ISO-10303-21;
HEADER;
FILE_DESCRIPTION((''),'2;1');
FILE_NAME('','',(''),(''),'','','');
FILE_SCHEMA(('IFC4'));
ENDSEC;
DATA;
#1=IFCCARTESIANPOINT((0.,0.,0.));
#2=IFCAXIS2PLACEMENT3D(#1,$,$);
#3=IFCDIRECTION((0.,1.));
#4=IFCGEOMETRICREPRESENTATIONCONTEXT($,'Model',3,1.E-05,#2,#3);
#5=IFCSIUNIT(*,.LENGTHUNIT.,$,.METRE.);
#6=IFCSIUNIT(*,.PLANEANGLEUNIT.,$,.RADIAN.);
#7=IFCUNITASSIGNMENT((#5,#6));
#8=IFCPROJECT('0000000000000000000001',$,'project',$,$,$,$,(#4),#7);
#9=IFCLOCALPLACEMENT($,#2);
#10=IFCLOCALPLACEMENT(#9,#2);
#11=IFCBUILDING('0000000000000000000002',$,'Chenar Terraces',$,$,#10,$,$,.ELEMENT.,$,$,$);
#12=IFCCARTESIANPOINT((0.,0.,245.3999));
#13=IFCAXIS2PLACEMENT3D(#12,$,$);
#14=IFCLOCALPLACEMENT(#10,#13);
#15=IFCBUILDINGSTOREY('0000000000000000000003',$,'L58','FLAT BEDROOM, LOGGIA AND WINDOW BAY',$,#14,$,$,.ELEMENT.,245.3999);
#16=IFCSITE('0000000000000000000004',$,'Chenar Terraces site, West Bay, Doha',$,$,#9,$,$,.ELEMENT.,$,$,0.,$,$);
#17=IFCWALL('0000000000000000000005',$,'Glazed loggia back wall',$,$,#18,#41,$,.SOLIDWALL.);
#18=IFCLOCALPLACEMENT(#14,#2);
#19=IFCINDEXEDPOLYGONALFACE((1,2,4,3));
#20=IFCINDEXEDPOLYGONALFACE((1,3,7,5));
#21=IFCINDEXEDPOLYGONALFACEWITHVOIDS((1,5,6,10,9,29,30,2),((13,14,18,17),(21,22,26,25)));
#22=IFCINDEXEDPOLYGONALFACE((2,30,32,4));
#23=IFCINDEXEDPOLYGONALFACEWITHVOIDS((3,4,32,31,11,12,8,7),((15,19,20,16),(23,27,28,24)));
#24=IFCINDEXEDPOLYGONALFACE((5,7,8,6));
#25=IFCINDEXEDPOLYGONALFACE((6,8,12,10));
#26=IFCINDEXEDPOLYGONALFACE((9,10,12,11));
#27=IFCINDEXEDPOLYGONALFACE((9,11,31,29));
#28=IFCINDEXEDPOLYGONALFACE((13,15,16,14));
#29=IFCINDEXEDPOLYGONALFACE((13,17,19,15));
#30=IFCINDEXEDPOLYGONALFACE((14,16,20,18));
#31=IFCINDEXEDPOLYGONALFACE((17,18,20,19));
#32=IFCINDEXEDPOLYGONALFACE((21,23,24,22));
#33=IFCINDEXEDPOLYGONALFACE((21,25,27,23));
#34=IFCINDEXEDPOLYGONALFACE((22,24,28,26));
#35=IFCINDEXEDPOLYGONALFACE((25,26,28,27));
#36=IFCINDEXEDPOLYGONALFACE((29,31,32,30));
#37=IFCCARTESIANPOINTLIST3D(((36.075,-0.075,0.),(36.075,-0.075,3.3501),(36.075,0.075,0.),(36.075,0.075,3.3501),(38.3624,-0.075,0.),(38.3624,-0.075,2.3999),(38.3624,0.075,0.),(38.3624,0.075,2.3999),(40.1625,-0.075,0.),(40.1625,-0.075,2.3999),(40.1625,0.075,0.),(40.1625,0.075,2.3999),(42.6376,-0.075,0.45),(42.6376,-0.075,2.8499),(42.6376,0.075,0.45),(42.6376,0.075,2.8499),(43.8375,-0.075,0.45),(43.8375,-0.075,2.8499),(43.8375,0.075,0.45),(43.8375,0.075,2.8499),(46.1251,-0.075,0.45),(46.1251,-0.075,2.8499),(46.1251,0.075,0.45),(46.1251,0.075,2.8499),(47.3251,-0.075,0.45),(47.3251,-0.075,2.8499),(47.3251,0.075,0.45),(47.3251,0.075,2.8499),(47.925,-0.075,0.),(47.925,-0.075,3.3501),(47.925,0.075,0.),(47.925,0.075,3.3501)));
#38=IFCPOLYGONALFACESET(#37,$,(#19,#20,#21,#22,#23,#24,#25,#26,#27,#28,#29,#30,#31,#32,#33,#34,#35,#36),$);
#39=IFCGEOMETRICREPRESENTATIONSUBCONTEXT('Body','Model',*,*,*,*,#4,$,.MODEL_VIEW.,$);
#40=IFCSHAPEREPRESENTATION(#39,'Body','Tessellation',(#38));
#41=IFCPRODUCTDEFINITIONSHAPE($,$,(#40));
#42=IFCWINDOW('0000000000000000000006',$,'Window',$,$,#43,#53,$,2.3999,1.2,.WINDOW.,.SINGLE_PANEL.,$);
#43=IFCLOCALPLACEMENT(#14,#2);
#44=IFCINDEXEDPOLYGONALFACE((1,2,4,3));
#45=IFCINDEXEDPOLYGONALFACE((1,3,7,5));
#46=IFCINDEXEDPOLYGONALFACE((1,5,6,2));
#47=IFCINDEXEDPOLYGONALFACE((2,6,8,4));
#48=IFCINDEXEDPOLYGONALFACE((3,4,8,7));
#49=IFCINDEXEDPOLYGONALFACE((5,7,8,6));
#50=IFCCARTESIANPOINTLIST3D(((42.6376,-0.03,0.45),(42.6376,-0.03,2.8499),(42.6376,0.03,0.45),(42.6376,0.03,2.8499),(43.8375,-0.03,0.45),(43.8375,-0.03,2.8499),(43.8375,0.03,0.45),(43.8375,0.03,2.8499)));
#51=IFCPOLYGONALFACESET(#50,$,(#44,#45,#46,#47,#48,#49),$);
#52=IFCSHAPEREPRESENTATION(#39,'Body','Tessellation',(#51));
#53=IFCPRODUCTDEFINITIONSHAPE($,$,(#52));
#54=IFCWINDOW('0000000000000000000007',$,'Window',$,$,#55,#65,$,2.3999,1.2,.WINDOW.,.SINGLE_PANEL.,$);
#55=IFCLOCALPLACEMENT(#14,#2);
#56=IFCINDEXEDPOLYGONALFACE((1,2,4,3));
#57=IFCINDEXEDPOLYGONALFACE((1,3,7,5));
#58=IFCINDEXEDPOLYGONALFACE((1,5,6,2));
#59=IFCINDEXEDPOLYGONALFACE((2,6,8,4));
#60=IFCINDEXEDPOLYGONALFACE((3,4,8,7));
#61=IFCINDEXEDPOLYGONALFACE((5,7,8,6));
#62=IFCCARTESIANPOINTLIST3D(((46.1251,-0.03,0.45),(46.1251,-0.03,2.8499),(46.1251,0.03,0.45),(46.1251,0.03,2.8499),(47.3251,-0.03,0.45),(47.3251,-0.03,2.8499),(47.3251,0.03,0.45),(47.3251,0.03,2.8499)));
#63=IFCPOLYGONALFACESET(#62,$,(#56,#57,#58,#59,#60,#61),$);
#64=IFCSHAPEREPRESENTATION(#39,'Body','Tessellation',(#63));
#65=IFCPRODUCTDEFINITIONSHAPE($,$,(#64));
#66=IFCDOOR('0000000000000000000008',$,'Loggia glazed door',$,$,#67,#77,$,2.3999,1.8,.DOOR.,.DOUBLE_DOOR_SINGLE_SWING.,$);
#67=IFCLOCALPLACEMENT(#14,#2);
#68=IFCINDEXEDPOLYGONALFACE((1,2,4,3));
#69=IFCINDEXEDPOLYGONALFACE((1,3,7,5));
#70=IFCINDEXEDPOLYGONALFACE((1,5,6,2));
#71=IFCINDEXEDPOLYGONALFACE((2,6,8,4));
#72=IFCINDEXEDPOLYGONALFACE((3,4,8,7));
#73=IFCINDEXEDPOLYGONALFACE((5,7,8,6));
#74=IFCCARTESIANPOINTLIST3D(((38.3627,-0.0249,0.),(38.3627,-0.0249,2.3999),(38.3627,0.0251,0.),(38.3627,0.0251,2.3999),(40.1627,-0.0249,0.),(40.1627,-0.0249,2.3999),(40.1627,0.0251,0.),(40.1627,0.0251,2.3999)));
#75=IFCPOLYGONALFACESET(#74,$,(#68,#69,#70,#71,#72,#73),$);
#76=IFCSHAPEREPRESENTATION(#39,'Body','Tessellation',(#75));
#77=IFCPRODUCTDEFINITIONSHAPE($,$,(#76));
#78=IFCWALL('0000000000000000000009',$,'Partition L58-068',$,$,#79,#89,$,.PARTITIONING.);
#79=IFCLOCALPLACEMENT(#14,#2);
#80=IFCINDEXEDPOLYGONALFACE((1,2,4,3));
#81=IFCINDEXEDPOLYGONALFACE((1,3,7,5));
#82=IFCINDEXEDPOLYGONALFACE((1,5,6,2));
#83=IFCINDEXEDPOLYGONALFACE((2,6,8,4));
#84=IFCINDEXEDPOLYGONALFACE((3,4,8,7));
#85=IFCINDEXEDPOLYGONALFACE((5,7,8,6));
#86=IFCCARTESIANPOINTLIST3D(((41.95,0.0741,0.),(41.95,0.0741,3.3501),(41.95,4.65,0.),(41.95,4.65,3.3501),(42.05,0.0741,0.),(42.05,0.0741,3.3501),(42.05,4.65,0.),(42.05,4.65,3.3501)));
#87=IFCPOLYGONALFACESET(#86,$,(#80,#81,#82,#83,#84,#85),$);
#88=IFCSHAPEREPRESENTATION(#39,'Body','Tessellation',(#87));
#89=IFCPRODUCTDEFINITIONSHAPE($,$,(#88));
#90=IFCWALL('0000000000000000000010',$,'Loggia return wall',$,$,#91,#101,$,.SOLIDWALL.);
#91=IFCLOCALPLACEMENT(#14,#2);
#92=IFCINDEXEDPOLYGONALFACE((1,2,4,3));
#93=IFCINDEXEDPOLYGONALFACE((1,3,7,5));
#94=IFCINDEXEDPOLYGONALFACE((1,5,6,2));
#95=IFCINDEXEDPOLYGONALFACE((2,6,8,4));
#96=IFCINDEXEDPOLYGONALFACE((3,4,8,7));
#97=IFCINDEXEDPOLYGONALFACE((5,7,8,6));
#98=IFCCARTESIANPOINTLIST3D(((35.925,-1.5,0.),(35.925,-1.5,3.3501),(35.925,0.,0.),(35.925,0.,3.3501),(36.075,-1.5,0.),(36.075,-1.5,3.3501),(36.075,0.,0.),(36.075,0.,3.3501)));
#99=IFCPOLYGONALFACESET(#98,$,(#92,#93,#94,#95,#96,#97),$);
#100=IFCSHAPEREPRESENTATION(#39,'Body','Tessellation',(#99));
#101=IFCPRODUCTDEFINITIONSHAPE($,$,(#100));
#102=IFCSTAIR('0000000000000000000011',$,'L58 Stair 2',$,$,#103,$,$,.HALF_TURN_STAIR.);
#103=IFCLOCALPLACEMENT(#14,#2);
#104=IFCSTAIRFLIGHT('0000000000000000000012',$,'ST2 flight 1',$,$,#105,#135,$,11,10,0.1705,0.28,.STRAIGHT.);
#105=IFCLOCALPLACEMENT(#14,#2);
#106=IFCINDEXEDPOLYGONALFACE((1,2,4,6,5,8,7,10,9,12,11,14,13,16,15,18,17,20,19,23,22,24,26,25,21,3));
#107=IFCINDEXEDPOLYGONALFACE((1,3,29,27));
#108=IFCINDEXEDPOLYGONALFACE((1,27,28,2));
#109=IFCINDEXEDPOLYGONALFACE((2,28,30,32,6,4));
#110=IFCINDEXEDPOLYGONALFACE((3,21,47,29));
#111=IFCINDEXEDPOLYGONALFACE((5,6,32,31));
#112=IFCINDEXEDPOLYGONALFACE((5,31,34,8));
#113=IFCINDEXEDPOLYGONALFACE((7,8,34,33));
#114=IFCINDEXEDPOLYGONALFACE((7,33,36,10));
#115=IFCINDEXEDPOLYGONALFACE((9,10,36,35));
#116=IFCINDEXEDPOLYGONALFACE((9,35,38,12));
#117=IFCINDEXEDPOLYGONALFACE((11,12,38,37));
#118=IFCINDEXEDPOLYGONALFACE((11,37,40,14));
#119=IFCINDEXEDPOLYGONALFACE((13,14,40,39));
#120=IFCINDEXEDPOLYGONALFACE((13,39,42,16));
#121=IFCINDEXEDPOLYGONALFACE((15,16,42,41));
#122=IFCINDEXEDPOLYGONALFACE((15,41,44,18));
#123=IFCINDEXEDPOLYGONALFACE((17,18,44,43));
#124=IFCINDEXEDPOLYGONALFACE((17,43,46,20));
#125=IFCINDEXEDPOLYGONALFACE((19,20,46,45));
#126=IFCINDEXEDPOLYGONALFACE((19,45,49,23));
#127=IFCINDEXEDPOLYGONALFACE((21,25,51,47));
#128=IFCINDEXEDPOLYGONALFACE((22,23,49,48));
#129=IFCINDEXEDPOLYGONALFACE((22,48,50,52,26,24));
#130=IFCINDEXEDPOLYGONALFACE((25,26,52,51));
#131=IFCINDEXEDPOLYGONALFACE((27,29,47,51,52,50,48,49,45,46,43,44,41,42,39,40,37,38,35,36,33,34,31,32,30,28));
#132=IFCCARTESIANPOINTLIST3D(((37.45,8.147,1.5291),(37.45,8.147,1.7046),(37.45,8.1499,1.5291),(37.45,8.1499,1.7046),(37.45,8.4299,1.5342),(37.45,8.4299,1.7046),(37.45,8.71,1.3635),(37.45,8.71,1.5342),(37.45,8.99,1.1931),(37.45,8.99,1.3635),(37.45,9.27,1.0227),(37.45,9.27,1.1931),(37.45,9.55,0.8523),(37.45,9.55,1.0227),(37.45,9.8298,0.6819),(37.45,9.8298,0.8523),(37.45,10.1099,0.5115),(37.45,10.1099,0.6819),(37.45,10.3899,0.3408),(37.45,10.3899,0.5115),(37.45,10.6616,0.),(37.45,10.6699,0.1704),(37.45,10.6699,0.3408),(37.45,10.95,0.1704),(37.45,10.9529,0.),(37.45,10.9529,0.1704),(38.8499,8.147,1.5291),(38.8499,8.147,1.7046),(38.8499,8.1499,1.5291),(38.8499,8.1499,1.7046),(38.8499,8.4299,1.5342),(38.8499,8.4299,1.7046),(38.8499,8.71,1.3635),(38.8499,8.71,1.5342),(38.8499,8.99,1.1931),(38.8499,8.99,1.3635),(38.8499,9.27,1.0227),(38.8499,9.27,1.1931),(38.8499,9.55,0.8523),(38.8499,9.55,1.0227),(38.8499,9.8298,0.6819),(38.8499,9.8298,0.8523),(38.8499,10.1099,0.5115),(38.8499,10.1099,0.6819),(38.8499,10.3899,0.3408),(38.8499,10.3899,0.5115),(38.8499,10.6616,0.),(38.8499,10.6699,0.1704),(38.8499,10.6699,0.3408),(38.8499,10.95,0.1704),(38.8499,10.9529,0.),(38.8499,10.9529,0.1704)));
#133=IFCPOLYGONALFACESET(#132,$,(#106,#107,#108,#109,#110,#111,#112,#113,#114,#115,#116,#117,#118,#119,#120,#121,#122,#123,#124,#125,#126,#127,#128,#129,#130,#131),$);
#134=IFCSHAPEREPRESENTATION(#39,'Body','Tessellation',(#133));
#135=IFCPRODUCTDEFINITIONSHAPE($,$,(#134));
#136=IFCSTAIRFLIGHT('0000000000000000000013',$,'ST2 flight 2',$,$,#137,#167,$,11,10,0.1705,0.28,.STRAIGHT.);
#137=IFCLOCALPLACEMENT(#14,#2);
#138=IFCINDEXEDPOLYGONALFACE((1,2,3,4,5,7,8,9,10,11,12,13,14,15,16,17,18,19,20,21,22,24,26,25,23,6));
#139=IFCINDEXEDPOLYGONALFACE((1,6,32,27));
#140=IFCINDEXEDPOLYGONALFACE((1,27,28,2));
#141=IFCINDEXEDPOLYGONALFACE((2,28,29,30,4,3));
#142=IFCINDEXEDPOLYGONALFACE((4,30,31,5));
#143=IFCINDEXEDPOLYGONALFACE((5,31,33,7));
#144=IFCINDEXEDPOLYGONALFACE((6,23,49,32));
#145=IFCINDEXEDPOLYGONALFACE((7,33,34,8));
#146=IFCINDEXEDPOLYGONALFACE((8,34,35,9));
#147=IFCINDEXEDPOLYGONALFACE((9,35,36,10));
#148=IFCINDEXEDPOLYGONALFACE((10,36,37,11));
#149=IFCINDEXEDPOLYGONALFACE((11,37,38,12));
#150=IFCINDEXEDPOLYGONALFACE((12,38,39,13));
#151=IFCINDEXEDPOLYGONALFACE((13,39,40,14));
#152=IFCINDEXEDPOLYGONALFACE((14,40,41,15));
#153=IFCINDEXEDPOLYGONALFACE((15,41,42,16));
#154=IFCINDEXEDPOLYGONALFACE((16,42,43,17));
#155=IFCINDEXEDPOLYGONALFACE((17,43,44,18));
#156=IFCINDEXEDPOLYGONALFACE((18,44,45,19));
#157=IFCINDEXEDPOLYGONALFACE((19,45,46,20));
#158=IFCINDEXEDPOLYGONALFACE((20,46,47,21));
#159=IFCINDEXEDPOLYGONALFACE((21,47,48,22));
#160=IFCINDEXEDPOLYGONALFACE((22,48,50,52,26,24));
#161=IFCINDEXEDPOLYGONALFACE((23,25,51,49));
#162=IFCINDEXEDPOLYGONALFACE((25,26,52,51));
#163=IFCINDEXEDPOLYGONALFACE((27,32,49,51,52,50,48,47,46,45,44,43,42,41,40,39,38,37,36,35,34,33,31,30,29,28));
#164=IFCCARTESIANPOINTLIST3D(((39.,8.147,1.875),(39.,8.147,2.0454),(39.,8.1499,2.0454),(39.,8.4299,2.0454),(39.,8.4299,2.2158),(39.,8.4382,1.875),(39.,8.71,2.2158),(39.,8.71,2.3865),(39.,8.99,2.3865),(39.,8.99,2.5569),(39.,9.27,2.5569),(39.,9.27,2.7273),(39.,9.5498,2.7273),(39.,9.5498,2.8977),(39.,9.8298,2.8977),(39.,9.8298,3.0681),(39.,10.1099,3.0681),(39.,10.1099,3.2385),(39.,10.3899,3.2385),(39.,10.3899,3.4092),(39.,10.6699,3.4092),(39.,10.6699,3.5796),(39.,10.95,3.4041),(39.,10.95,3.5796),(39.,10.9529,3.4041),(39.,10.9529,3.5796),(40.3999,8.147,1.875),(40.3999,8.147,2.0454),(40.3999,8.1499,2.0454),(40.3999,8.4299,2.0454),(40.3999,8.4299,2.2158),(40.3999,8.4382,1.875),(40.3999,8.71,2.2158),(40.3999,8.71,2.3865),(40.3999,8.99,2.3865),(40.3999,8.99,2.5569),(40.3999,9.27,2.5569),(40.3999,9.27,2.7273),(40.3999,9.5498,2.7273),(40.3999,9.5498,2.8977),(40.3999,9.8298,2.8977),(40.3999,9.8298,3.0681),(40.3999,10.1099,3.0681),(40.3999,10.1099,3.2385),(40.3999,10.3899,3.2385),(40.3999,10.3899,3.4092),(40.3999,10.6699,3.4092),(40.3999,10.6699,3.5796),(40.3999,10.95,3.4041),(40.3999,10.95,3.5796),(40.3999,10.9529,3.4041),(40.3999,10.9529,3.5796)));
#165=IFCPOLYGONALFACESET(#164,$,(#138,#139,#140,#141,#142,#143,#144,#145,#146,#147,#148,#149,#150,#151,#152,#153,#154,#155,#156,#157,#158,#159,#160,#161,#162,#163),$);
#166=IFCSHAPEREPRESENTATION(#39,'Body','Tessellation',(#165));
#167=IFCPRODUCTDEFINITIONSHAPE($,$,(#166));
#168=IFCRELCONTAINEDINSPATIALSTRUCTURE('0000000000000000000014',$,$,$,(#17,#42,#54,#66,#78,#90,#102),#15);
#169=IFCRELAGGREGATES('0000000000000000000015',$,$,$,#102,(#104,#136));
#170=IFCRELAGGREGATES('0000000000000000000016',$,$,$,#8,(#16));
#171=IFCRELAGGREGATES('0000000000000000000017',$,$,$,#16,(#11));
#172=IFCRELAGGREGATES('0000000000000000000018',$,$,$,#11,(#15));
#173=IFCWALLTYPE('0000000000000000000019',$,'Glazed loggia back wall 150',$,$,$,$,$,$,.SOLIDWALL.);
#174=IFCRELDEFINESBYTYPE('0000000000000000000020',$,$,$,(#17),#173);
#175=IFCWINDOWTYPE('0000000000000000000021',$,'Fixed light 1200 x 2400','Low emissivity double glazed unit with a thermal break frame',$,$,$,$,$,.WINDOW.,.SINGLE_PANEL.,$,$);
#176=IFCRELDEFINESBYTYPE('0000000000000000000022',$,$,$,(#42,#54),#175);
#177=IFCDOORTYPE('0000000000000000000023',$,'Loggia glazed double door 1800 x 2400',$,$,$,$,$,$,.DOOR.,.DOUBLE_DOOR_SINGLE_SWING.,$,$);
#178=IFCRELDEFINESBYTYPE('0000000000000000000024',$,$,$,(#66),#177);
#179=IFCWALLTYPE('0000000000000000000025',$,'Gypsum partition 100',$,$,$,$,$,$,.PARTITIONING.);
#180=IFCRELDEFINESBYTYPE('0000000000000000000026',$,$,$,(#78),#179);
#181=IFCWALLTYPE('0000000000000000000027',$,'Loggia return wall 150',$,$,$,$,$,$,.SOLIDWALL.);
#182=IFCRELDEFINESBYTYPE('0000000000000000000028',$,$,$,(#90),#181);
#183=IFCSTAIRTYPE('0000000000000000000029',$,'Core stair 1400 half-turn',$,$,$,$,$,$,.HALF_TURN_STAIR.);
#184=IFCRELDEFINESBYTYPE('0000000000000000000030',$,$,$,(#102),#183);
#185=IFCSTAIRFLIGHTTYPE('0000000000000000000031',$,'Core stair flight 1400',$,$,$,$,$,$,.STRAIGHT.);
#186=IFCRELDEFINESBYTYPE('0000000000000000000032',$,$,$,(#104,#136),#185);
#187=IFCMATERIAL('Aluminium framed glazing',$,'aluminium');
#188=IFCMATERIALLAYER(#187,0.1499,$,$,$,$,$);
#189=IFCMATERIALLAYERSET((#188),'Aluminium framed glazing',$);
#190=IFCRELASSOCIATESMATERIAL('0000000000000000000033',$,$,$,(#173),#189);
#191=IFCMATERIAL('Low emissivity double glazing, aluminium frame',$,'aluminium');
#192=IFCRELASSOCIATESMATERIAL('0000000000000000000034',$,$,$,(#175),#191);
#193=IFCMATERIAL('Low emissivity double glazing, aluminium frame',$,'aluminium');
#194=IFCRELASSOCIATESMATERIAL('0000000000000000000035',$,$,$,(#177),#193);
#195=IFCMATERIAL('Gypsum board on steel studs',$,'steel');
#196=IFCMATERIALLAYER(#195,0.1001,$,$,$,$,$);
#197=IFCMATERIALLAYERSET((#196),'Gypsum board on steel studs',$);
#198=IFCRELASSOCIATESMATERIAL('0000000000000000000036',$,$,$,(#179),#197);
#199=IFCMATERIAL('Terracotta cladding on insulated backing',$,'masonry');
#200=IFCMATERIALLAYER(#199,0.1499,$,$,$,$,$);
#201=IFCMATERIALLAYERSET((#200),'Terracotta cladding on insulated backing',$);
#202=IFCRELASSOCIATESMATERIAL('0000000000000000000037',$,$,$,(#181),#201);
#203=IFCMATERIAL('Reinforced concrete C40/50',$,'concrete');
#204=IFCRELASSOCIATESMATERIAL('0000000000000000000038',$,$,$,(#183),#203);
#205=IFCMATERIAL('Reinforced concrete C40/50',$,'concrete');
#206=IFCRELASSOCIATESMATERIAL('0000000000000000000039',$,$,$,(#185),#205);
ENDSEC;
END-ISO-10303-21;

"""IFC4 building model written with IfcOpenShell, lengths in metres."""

from ifc_helpers import new_model, si_unit, direction, frame, frame_2d, origin, place, context, subcontext, project, spatial, polyline, rectangle, outline, extrude, material, layer, layer_set, type_object, element, fill, aggregate, save


model = new_model("IFC4")

# Units and contexts
model_context = context("Model", 3, precision=1e-05, world=origin(), true_north=direction((0.0, 1.0)))
body_context = subcontext(model_context, "Body", "Model", "MODEL_VIEW")
ifc_project = project(units=[si_unit("LENGTHUNIT", "METRE"), si_unit("PLANEANGLEUNIT", "RADIAN")], contexts=[model_context])

# Site, building, storey
site_placement = place(None, origin())
site = spatial("IfcSite", under=ifc_project, at=site_placement, Name="Chenar Terraces site, West Bay, Doha", CompositionType="ELEMENT", RefElevation=0.0)
building_placement = place(site_placement, origin())
building = spatial("IfcBuilding", under=site, at=building_placement, Name="Chenar Terraces", CompositionType="ELEMENT")
storey_placement = place(building_placement, frame((0.0, 0.0, 245.3999)))
storey = spatial("IfcBuildingStorey", under=building, at=storey_placement, Name="L58", Description="FLAT BEDROOM, LOGGIA AND WINDOW BAY", CompositionType="ELEMENT", Elevation=245.3999)

# Wall, openings, windows, door
ifc_material_1 = material(Name="Aluminium framed glazing", Category="aluminium")
ifc_layer_1 = layer(ifc_material_1, 0.1499)
ifc_layer_set_1 = layer_set([ifc_layer_1], Name="Aluminium framed glazing")
wall_type_1 = type_object("IfcWallType", Name="Glazed loggia back wall 150", PredefinedType="SOLIDWALL", material=ifc_layer_set_1)
wall_1_placement = place(storey_placement, frame((36.075, 0.0, 0.0), z_axis=(0.0, 0.0, 1.0), x_axis=(1.0, 0.0, 0.0)))
wall_1 = element("IfcWall", 1, at=wall_1_placement, inside=storey, type_object=wall_type_1, Name="Glazed loggia back wall", PredefinedType="SOLIDWALL", context=body_context, shape_type="SweptSolid", body=[
    extrude(rectangle(XDim=11.8501, YDim=0.1499, at=frame_2d((5.925, 0.0))), origin(), (0.0, 0.0, 1.0), 3.3501),
])
opening_1_placement = place(wall_1_placement, frame((2.2876, 0.0, 0.0)))
opening_1 = element("IfcOpeningElement", 2, at=opening_1_placement, cuts=wall_1, PredefinedType="OPENING", context=body_context, shape_type="SweptSolid", body=[
    extrude(rectangle(XDim=1.8, YDim=2.3999, at=frame_2d((0.8999, 1.2))), frame((0.0, 0.085, 0.0), z_axis=(0.0, -1.0, 0.0), x_axis=(1.0, 0.0, 0.0)), (0.0, 0.0, 1.0), 0.1699),
])
opening_2_placement = place(wall_1_placement, frame((6.5625, 0.0, 0.45)))
opening_2 = element("IfcOpeningElement", 3, at=opening_2_placement, cuts=wall_1, PredefinedType="OPENING", context=body_context, shape_type="SweptSolid", body=[
    extrude(rectangle(XDim=1.2, YDim=2.3999, at=frame_2d((0.6001, 1.2))), frame((0.0, 0.085, 0.0), z_axis=(0.0, -1.0, 0.0), x_axis=(1.0, 0.0, 0.0)), (0.0, 0.0, 1.0), 0.1699),
])
opening_3_placement = place(wall_1_placement, frame((10.05, 0.0, 0.45)))
opening_3 = element("IfcOpeningElement", 4, at=opening_3_placement, cuts=wall_1, PredefinedType="OPENING", context=body_context, shape_type="SweptSolid", body=[
    extrude(rectangle(XDim=1.2, YDim=2.3999, at=frame_2d((0.6001, 1.2))), frame((0.0, 0.085, 0.0), z_axis=(0.0, -1.0, 0.0), x_axis=(1.0, 0.0, 0.0)), (0.0, 0.0, 1.0), 0.1699),
])
ifc_material_2 = material(Name="Low emissivity double glazing, aluminium frame", Category="aluminium")
window_type = type_object("IfcWindowType", Name="Fixed light 1200 x 2400", Description="Low emissivity double glazed unit with a thermal break frame", PartitioningType="SINGLE_PANEL", PredefinedType="WINDOW", material=ifc_material_2)
window_1_placement = place(opening_2_placement, origin())
window_1 = element("IfcWindow", 5, at=window_1_placement, inside=storey, type_object=window_type, Name="Window", OverallHeight=2.3999, OverallWidth=1.2, PartitioningType="SINGLE_PANEL", PredefinedType="WINDOW", context=body_context, shape_type="SweptSolid", body=[
    extrude(rectangle(XDim=1.2, YDim=2.3999, at=frame_2d((0.6001, 1.2))), frame((0.0, 0.03, 0.0), z_axis=(0.0, -1.0, 0.0), x_axis=(1.0, 0.0, 0.0)), (0.0, 0.0, 1.0), 0.0601),
])
fill(opening_2, window_1)
window_2_placement = place(opening_3_placement, origin())
window_2 = element("IfcWindow", 6, at=window_2_placement, inside=storey, type_object=window_type, Name="Window", OverallHeight=2.3999, OverallWidth=1.2, PartitioningType="SINGLE_PANEL", PredefinedType="WINDOW", context=body_context, shape_type="SweptSolid", body=[
    extrude(rectangle(XDim=1.2, YDim=2.3999, at=frame_2d((0.6001, 1.2))), frame((0.0, 0.03, 0.0), z_axis=(0.0, -1.0, 0.0), x_axis=(1.0, 0.0, 0.0)), (0.0, 0.0, 1.0), 0.0601),
])
fill(opening_3, window_2)
ifc_material_3 = material(Name="Low emissivity double glazing, aluminium frame", Category="aluminium")
door_type_1 = type_object("IfcDoorType", Name="Loggia glazed double door 1800 x 2400", OperationType="DOUBLE_DOOR_SINGLE_SWING", PredefinedType="DOOR", material=ifc_material_3)
door_1_placement = place(opening_1_placement, frame((1.8, 0.0, 0.0), z_axis=(0.0, 0.0, 1.0), x_axis=(-1.0, 0.0, 0.0)))
door_1 = element("IfcDoor", 7, at=door_1_placement, inside=storey, type_object=door_type_1, Name="Loggia glazed door", OperationType="DOUBLE_DOOR_SINGLE_SWING", OverallHeight=2.3999, OverallWidth=1.8, PredefinedType="DOOR", context=body_context, shape_type="SweptSolid", body=[
    extrude(rectangle(XDim=1.8, YDim=2.3999, at=frame_2d((0.8999, 1.2))), frame((0.0, 0.0249, 0.0), z_axis=(0.0, -1.0, 0.0), x_axis=(1.0, 0.0, 0.0)), (0.0, 0.0, 1.0), 0.05),
])
fill(opening_1, door_1)

# Walls
ifc_material_4 = material(Name="Gypsum board on steel studs", Category="steel")
ifc_layer_2 = layer(ifc_material_4, 0.1001)
ifc_layer_set_2 = layer_set([ifc_layer_2], Name="Gypsum board on steel studs")
wall_type_2 = type_object("IfcWallType", Name="Gypsum partition 100", PredefinedType="PARTITIONING", material=ifc_layer_set_2)
wall_2_placement = place(storey_placement, frame((42.0, 0.074, 0.0), z_axis=(0.0, 0.0, 1.0), x_axis=(0.0, 1.0, 0.0)))
element("IfcWall", 8, at=wall_2_placement, inside=storey, type_object=wall_type_2, Name="Partition L58-068", PredefinedType="PARTITIONING", context=body_context, shape_type="SweptSolid", body=[
    extrude(rectangle(XDim=4.5759, YDim=0.1001, at=frame_2d((2.2881, 0.0))), origin(), (0.0, 0.0, 1.0), 3.3501),
])
ifc_material_5 = material(Name="Terracotta cladding on insulated backing", Category="masonry")
ifc_layer_3 = layer(ifc_material_5, 0.1499)
ifc_layer_set_3 = layer_set([ifc_layer_3], Name="Terracotta cladding on insulated backing")
wall_type_3 = type_object("IfcWallType", Name="Loggia return wall 150", PredefinedType="SOLIDWALL", material=ifc_layer_set_3)
wall_3_placement = place(storey_placement, frame((36.0, -1.5, 0.0), z_axis=(0.0, 0.0, 1.0), x_axis=(0.0, 1.0, 0.0)))
element("IfcWall", 9, at=wall_3_placement, inside=storey, type_object=wall_type_3, Name="Loggia return wall", PredefinedType="SOLIDWALL", context=body_context, shape_type="SweptSolid", body=[
    extrude(rectangle(XDim=1.5, YDim=0.1499, at=frame_2d((0.75, 0.0))), origin(), (0.0, 0.0, 1.0), 3.3501),
])

# Stair, stair flights
ifc_material_6 = material(Name="Reinforced concrete C40/50", Category="concrete")
stair_type = type_object("IfcStairType", Name="Core stair 1400 half-turn", PredefinedType="HALF_TURN_STAIR", material=ifc_material_6)
stair_placement = place(storey_placement, origin())
stair = element("IfcStair", 10, at=stair_placement, inside=storey, type_object=stair_type, Name="L58 Stair 2", PredefinedType="HALF_TURN_STAIR")
ifc_material_7 = material(Name="Reinforced concrete C40/50", Category="concrete")
stair_flight_type = type_object("IfcStairFlightType", Name="Core stair flight 1400", PredefinedType="STRAIGHT", material=ifc_material_7)
stair_flight_1_placement = place(storey_placement, frame((38.1499, 10.95, 0.0), z_axis=(0.0, 0.0, 1.0), x_axis=(0.0, -1.0, 0.0)))
stair_flight_1 = element("IfcStairFlight", 11, at=stair_flight_1_placement, type_object=stair_flight_type, Name="ST2 flight 1", NumberOfRisers=11, NumberOfTreads=10, PredefinedType="STRAIGHT", RiserHeight=0.1705, TreadLength=0.28, context=body_context, shape_type="SweptSolid", body=[
    extrude(outline(polyline([(-0.0029, 0.0), (-0.0029, 0.1704), (0.0, 0.1704), (0.28, 0.1704), (0.28, 0.3408), (0.5601, 0.3408), (0.5601, 0.5115), (0.8401, 0.5115), (0.8401, 0.6819), (1.1201, 0.6819), (1.1201, 0.8523), (1.3999, 0.8523), (1.3999, 1.0227), (1.6799, 1.0227), (1.6799, 1.1931), (1.96, 1.1931), (1.96, 1.3635), (2.24, 1.3635), (2.24, 1.5342), (2.52, 1.5342), (2.52, 1.7046), (2.8, 1.7046), (2.803, 1.7046), (2.803, 1.5291), (2.8, 1.5291), (0.2883, 0.0), (-0.0029, 0.0)])), frame((0.0, 0.7, 0.0), z_axis=(0.0, -1.0, 0.0), x_axis=(1.0, 0.0, 0.0)), (0.0, 0.0, 1.0), 1.3999),
])
stair_flight_2_placement = place(storey_placement, frame((39.7, 8.1499, 1.875), z_axis=(0.0, 0.0, 1.0), x_axis=(0.0, 1.0, 0.0)))
stair_flight_2 = element("IfcStairFlight", 12, at=stair_flight_2_placement, type_object=stair_flight_type, Name="ST2 flight 2", NumberOfRisers=11, NumberOfTreads=10, PredefinedType="STRAIGHT", RiserHeight=0.1705, TreadLength=0.28, context=body_context, shape_type="SweptSolid", body=[
    extrude(outline(polyline([(-0.0029, 0.0), (-0.0029, 0.1704), (0.0, 0.1704), (0.28, 0.1704), (0.28, 0.3408), (0.5601, 0.3408), (0.5601, 0.5115), (0.8401, 0.5115), (0.8401, 0.6819), (1.1201, 0.6819), (1.1201, 0.8523), (1.3999, 0.8523), (1.3999, 1.0227), (1.6799, 1.0227), (1.6799, 1.1931), (1.96, 1.1931), (1.96, 1.3635), (2.24, 1.3635), (2.24, 1.5342), (2.52, 1.5342), (2.52, 1.7046), (2.8, 1.7046), (2.803, 1.7046), (2.803, 1.5291), (2.8, 1.5291), (0.2883, 0.0), (-0.0029, 0.0)])), frame((0.0, 0.7, 0.0), z_axis=(0.0, -1.0, 0.0), x_axis=(1.0, 0.0, 0.0)), (0.0, 0.0, 1.0), 1.3999),
])
aggregate(stair, [stair_flight_1, stair_flight_2])

save(model, "model.ifc")
